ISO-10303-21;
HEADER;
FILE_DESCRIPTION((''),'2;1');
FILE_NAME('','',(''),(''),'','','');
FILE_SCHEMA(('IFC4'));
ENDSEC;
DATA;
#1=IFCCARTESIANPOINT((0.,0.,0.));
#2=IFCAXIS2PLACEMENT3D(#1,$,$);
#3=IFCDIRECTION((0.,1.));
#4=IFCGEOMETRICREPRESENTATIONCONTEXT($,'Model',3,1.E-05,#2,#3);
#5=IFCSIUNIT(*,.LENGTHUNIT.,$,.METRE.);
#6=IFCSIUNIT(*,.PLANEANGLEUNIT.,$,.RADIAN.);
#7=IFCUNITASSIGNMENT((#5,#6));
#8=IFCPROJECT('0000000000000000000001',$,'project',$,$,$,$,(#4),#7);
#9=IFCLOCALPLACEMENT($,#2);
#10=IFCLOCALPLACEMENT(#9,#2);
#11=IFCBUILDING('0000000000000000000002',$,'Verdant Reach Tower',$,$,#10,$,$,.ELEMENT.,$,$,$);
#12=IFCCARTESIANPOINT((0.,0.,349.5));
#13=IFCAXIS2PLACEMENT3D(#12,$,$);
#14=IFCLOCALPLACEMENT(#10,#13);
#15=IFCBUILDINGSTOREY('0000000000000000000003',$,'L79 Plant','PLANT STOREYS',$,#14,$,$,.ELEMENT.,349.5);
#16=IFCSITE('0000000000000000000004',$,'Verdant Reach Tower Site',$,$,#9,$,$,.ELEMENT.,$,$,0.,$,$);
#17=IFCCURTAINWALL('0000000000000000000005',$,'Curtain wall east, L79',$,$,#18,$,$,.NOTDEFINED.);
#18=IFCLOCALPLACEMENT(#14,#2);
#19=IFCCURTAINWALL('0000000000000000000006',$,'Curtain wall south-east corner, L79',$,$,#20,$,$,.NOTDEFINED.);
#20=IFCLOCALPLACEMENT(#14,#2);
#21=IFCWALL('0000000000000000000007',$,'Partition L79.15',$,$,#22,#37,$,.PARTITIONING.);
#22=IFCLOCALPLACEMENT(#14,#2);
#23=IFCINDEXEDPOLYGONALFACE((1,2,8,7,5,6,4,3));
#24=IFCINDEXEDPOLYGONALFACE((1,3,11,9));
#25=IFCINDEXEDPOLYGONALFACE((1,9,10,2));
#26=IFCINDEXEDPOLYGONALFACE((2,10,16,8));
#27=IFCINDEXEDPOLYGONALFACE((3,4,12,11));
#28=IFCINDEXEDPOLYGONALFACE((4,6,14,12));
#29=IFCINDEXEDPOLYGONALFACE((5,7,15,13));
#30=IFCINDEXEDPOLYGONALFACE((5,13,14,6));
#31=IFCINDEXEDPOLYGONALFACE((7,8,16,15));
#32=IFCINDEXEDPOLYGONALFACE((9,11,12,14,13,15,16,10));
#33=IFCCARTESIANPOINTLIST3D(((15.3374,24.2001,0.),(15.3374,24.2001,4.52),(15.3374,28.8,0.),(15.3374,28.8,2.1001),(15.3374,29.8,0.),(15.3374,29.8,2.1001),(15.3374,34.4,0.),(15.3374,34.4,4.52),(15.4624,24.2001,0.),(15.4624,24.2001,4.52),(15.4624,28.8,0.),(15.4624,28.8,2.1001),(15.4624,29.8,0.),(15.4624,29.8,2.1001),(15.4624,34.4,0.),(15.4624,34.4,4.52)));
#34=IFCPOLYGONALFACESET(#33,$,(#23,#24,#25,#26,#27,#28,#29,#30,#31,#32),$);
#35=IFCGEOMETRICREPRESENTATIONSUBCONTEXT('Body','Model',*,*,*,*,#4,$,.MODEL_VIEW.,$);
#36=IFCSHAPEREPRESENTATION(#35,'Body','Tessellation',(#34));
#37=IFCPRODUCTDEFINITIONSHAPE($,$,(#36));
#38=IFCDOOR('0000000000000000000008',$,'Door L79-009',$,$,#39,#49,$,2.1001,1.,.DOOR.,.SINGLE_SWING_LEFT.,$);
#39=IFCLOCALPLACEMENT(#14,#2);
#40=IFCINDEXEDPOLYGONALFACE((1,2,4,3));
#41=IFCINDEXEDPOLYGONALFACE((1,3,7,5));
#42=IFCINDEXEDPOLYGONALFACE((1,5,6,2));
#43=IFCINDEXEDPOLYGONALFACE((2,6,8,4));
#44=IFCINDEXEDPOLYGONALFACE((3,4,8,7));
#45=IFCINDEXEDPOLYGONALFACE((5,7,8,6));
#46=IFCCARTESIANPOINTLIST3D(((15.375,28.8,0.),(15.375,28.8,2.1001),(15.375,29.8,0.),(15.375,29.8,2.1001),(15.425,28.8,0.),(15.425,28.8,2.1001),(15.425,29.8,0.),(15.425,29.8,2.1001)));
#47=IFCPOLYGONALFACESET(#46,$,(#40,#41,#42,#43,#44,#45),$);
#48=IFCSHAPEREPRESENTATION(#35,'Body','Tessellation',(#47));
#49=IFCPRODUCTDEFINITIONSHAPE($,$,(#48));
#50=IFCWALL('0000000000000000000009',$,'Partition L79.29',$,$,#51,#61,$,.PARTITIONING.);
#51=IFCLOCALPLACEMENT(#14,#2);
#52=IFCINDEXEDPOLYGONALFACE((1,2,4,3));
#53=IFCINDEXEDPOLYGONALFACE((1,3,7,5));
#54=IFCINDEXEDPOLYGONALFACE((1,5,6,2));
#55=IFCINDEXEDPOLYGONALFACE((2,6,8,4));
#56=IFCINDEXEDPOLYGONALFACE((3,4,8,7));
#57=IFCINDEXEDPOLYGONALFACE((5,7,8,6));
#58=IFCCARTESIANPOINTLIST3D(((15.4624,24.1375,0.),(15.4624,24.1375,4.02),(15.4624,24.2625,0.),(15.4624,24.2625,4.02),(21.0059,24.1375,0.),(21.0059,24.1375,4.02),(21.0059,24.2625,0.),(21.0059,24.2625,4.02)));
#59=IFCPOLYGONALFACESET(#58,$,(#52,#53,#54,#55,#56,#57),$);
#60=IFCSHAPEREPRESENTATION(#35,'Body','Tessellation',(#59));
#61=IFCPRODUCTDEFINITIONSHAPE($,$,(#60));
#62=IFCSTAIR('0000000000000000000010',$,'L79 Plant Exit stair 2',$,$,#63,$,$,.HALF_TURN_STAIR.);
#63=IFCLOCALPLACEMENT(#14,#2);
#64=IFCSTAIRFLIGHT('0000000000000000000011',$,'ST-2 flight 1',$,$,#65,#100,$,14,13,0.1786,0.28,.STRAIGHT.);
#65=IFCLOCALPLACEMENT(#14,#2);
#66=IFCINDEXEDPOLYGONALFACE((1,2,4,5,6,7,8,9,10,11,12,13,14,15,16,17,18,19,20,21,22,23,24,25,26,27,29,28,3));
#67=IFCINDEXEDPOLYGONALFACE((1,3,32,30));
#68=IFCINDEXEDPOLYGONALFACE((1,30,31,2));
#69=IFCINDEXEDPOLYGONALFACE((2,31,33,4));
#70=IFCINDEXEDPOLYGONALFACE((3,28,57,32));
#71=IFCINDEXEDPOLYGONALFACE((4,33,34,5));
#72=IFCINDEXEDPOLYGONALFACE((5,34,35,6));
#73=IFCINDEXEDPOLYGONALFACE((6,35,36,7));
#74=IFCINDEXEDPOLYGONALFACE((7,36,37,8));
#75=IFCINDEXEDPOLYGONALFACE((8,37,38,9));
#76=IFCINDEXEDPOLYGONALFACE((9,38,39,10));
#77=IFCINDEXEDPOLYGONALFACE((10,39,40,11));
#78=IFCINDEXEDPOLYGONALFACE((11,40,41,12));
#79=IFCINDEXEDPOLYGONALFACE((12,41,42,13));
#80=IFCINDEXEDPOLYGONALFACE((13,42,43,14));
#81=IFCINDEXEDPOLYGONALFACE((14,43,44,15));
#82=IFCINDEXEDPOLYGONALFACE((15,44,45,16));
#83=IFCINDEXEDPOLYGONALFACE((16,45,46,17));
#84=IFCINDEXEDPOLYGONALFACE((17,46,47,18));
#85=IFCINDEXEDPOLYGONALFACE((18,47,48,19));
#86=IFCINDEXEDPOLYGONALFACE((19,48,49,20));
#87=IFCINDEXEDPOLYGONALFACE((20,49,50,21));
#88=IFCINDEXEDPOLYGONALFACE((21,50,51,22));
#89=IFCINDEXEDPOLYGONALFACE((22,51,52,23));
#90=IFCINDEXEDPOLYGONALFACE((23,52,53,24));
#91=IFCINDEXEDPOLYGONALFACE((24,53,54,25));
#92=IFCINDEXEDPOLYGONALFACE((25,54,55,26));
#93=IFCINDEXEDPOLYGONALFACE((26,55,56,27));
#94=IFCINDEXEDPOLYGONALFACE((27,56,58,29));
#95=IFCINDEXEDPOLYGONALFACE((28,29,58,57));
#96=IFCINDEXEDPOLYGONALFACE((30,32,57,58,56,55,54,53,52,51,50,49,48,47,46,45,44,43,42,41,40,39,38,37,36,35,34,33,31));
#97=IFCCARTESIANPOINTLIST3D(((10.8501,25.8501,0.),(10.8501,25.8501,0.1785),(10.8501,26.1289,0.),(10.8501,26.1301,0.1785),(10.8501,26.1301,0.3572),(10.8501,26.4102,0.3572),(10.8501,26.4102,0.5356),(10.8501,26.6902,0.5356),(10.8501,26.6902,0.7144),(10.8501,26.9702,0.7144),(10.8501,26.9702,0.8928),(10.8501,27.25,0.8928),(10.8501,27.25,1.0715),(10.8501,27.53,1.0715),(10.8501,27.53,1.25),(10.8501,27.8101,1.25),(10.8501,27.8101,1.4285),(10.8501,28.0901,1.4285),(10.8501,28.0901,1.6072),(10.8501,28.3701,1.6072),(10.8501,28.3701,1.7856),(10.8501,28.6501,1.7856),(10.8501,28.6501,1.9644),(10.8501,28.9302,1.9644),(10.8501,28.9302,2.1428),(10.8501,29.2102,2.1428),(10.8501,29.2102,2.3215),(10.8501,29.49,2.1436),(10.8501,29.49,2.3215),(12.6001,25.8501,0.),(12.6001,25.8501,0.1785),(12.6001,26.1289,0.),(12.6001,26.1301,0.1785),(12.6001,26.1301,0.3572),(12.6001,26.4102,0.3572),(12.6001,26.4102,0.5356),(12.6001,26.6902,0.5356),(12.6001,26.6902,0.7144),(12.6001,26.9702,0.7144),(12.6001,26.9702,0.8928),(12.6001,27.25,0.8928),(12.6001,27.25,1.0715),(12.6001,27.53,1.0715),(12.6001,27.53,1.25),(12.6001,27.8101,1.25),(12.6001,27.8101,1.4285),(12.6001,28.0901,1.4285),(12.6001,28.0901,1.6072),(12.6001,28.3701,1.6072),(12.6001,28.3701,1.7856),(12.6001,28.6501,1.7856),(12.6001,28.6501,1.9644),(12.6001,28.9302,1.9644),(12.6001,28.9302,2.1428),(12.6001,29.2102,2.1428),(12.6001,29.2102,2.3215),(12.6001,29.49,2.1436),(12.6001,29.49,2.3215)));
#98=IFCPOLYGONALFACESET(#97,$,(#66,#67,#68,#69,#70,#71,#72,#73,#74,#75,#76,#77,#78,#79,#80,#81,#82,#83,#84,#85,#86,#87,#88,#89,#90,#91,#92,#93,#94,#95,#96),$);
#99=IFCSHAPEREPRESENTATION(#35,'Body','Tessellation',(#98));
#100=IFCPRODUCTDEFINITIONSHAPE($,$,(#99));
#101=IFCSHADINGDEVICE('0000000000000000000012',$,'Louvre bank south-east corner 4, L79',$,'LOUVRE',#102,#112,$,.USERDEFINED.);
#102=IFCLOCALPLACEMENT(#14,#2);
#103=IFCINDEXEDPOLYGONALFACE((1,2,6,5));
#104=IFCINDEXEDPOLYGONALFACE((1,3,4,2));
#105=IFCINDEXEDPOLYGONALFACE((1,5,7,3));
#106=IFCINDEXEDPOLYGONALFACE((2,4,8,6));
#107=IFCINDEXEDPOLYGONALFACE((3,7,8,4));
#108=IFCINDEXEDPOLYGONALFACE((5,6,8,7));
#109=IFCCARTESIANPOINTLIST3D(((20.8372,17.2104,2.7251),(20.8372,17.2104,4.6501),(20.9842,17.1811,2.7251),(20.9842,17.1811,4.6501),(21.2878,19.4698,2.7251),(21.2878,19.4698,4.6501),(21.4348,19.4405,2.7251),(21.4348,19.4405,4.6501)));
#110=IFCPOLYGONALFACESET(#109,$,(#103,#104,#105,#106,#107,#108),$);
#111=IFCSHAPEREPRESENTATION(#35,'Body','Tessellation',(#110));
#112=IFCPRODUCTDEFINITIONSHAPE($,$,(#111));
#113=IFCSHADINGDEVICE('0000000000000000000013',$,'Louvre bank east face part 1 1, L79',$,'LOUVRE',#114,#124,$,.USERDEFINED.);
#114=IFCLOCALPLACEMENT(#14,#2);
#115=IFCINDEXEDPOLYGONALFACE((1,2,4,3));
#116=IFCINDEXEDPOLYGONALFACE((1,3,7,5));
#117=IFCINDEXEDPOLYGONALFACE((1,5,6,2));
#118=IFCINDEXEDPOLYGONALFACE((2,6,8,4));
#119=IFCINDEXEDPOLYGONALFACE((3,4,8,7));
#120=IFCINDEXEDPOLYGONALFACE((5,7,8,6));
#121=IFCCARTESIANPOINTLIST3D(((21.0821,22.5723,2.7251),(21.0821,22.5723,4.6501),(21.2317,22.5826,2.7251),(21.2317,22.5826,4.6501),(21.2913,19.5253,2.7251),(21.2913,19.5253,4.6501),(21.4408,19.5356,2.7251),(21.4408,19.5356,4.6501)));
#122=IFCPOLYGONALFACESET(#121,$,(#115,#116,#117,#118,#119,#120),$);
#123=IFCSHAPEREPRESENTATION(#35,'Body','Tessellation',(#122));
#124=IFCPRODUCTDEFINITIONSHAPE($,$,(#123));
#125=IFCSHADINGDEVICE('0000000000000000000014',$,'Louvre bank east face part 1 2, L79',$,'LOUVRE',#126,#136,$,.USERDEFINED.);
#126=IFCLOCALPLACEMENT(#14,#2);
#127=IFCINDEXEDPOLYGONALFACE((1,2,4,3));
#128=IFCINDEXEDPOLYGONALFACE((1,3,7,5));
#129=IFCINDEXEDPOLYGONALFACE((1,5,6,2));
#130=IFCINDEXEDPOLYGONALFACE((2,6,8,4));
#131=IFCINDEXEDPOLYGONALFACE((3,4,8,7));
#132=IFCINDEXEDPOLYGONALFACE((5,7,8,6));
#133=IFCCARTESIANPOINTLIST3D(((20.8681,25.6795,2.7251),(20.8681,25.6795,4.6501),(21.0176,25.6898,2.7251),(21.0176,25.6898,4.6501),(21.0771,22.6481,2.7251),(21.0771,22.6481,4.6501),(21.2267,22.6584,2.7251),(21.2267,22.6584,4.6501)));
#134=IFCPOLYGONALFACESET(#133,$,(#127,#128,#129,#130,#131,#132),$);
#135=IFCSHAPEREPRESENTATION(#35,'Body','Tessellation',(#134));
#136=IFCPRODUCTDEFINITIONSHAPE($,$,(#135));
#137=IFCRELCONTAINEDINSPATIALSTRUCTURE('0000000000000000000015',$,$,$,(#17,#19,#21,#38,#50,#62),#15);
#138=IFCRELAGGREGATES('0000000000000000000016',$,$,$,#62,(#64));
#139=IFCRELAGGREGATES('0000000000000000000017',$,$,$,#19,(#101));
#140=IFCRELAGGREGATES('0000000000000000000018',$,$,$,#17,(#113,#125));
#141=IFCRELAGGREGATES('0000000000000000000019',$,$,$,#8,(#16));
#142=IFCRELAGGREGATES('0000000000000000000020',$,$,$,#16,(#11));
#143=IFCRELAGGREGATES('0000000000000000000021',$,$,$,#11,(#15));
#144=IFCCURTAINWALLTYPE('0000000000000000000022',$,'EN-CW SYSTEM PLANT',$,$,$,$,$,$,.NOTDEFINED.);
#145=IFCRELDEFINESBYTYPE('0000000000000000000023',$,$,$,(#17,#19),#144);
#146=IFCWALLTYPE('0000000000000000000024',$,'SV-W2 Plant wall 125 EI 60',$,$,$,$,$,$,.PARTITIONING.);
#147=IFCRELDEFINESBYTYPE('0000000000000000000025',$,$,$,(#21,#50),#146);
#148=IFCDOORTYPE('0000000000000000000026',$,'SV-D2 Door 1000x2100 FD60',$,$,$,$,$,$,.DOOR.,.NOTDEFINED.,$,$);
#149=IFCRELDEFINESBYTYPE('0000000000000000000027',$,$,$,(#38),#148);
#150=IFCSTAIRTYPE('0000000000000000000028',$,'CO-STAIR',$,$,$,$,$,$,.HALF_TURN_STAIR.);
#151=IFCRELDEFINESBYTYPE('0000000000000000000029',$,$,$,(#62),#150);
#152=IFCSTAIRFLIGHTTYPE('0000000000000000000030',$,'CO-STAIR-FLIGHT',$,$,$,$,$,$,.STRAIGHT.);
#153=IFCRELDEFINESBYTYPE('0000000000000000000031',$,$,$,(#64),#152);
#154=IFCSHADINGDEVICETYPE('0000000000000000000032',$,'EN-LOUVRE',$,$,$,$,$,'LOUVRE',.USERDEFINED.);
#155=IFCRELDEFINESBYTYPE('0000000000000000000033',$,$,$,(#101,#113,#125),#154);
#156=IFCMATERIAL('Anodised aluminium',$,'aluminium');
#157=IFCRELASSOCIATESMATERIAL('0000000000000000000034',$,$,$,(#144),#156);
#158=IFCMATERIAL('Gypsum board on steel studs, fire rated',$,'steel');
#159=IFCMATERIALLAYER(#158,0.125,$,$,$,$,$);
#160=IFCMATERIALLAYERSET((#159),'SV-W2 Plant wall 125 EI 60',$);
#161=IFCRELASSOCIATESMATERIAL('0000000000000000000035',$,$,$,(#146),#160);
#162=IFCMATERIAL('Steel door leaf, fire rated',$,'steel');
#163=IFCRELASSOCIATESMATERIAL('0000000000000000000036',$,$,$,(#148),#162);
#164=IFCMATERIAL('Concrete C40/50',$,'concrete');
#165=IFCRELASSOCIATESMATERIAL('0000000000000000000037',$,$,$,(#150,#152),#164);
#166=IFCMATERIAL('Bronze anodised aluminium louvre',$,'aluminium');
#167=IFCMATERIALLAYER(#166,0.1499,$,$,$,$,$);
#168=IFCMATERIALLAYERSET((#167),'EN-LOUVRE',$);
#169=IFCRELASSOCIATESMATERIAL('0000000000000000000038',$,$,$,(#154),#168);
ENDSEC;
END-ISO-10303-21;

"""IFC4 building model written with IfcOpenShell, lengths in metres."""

from ifc_helpers import new_model, si_unit, direction, frame, frame_2d, origin, origin_2d, place, context, subcontext, project, spatial, polyline, rectangle, outline, extrude, material, layer, layer_set, type_object, element, fill, aggregate, save


model = new_model("IFC4")

# Units and contexts
model_context = context("Model", 3, precision=1e-05, world=origin(), true_north=direction((0.0, 1.0)))
body_context = subcontext(model_context, "Body", "Model", "MODEL_VIEW")
ifc_project = project(units=[si_unit("LENGTHUNIT", "METRE"), si_unit("PLANEANGLEUNIT", "RADIAN")], contexts=[model_context])

# Site, building, storey
site_placement = place(None, origin())
site = spatial("IfcSite", under=ifc_project, at=site_placement, Name="Verdant Reach Tower Site", CompositionType="ELEMENT", RefElevation=0.0)
building_placement = place(site_placement, origin())
building = spatial("IfcBuilding", under=site, at=building_placement, Name="Verdant Reach Tower", CompositionType="ELEMENT")
storey_placement = place(building_placement, frame((0.0, 0.0, 349.5)))
storey = spatial("IfcBuildingStorey", under=building, at=storey_placement, Name="L79 Plant", Description="PLANT STOREYS", CompositionType="ELEMENT", Elevation=349.5)

# Curtain wall
ifc_material_1 = material(Name="Anodised aluminium", Category="aluminium")
curtain_wall_type = type_object("IfcCurtainWallType", Name="EN-CW SYSTEM PLANT", PredefinedType="NOTDEFINED", material=ifc_material_1)
curtain_wall_1_placement = place(storey_placement, origin())
curtain_wall_1 = element("IfcCurtainWall", 1, at=curtain_wall_1_placement, inside=storey, type_object=curtain_wall_type, Name="Curtain wall east, L79", PredefinedType="NOTDEFINED")

# Curtain wall
curtain_wall_2_placement = place(storey_placement, origin())
curtain_wall_2 = element("IfcCurtainWall", 2, at=curtain_wall_2_placement, inside=storey, type_object=curtain_wall_type, Name="Curtain wall south-east corner, L79", PredefinedType="NOTDEFINED")

# Shared definitions
ifc_material_2 = material(Name="Concrete C40/50", Category="concrete")

# Wall, opening, door
ifc_material_3 = material(Name="Gypsum board on steel studs, fire rated", Category="steel")
ifc_layer_1 = layer(ifc_material_3, 0.125)
ifc_layer_set_1 = layer_set([ifc_layer_1], Name="SV-W2 Plant wall 125 EI 60")
wall_type_1 = type_object("IfcWallType", Name="SV-W2 Plant wall 125 EI 60", PredefinedType="PARTITIONING", material=ifc_layer_set_1)
wall_1_placement = place(storey_placement, frame((15.3999, 24.2, 0.0), z_axis=(0.0, 0.0, 1.0), x_axis=(0.0, 1.0, 0.0)))
wall_1 = element("IfcWall", 3, at=wall_1_placement, inside=storey, type_object=wall_type_1, Name="Partition L79.15", PredefinedType="PARTITIONING", context=body_context, shape_type="SweptSolid", body=[
    extrude(rectangle(XDim=10.2, YDim=0.125, at=frame_2d((5.1001, 0.0))), origin(), (0.0, 0.0, 1.0), 4.52),
])
opening_1_placement = place(wall_1_placement, frame((4.6001, 0.0, 0.0)))
opening_1 = element("IfcOpeningElement", 4, at=opening_1_placement, cuts=wall_1, PredefinedType="OPENING", context=body_context, shape_type="SweptSolid", body=[
    extrude(rectangle(XDim=1.0, YDim=2.1001, at=frame_2d((0.5, 1.05))), frame((0.0, 0.0725, 0.0), z_axis=(0.0, -1.0, 0.0), x_axis=(1.0, 0.0, 0.0)), (0.0, 0.0, 1.0), 0.145),
])
ifc_material_4 = material(Name="Steel door leaf, fire rated", Category="steel")
door_type_1 = type_object("IfcDoorType", Name="SV-D2 Door 1000x2100 FD60", OperationType="NOTDEFINED", PredefinedType="DOOR", material=ifc_material_4)
door_1_placement = place(opening_1_placement, origin())
door_1 = element("IfcDoor", 5, at=door_1_placement, inside=storey, type_object=door_type_1, Name="Door L79-009", OperationType="SINGLE_SWING_LEFT", OverallHeight=2.1001, OverallWidth=1.0, PredefinedType="DOOR", context=body_context, shape_type="SweptSolid", body=[
    extrude(rectangle(XDim=1.0, YDim=2.1001, at=frame_2d((0.5, 1.05))), frame((0.0, 0.0249, 0.0), z_axis=(0.0, -1.0, 0.0), x_axis=(1.0, 0.0, 0.0)), (0.0, 0.0, 1.0), 0.05),
])
fill(opening_1, door_1)

# Wall
wall_2_placement = place(storey_placement, frame((15.4624, 24.2, 0.0), z_axis=(0.0, 0.0, 1.0), x_axis=(1.0, 0.0, 0.0)))
element("IfcWall", 6, at=wall_2_placement, inside=storey, type_object=wall_type_1, Name="Partition L79.29", PredefinedType="PARTITIONING", context=body_context, shape_type="SweptSolid", body=[
    extrude(rectangle(XDim=5.5435, YDim=0.125, at=frame_2d((2.7717, 0.0))), origin(), (0.0, 0.0, 1.0), 4.02),
])

# Stair, stair flight
stair_type = type_object("IfcStairType", Name="CO-STAIR", PredefinedType="HALF_TURN_STAIR", material=ifc_material_2)
stair_placement = place(storey_placement, origin())
stair = element("IfcStair", 7, at=stair_placement, inside=storey, type_object=stair_type, Name="L79 Plant Exit stair 2", PredefinedType="HALF_TURN_STAIR")
stair_flight_type = type_object("IfcStairFlightType", Name="CO-STAIR-FLIGHT", PredefinedType="STRAIGHT", material=ifc_material_2)
stair_flight_placement = place(storey_placement, frame((11.7251, 25.8501, 0.0), z_axis=(0.0, 0.0, 1.0), x_axis=(0.0, 1.0, 0.0)))
stair_flight = element("IfcStairFlight", 8, at=stair_flight_placement, type_object=stair_flight_type, Name="ST-2 flight 1", NumberOfRisers=14, NumberOfTreads=13, PredefinedType="STRAIGHT", RiserHeight=0.1786, TreadLength=0.28, context=body_context, shape_type="SweptSolid", body=[
    extrude(outline(polyline([(0.0, 0.0), (0.0, 0.1785), (0.28, 0.1785), (0.28, 0.3572), (0.5601, 0.3572), (0.5601, 0.5356), (0.8401, 0.5356), (0.8401, 0.7144), (1.1201, 0.7144), (1.1201, 0.8928), (1.3999, 0.8928), (1.3999, 1.0715), (1.6799, 1.0715), (1.6799, 1.25), (1.96, 1.25), (1.96, 1.4285), (2.24, 1.4285), (2.24, 1.6072), (2.52, 1.6072), (2.52, 1.7856), (2.8, 1.7856), (2.8, 1.9644), (3.0801, 1.9644), (3.0801, 2.1428), (3.3601, 2.1428), (3.3601, 2.3215), (3.6399, 2.3215), (3.6399, 2.5), (3.6399, 2.1436), (0.2788, 0.0), (0.0, 0.0)])), frame((0.0, 0.875, 0.0), z_axis=(0.0, -1.0, 0.0), x_axis=(1.0, 0.0, 0.0)), (0.0, 0.0, 1.0), 1.75),
])
aggregate(stair, [stair_flight])

# Shading devices
ifc_material_5 = material(Name="Bronze anodised aluminium louvre", Category="aluminium")
ifc_layer_2 = layer(ifc_material_5, 0.1499)
ifc_layer_set_2 = layer_set([ifc_layer_2], Name="EN-LOUVRE")
shading_device_type = type_object("IfcShadingDeviceType", Name="EN-LOUVRE", ElementType="LOUVRE", PredefinedType="USERDEFINED", material=ifc_layer_set_2)
shading_device_1_placement = place(storey_placement, frame((21.136, 18.3254, 2.7251), z_axis=(0.0, 0.0, 1.0), x_axis=(0.195593, 0.980685, 0.0)))
shading_device_1 = element("IfcShadingDevice", 9, at=shading_device_1_placement, type_object=shading_device_type, Name="Louvre bank south-east corner 4, L79", ObjectType="LOUVRE", PredefinedType="USERDEFINED", context=body_context, shape_type="SweptSolid", body=[
    extrude(rectangle(XDim=2.304, YDim=0.1499, at=origin_2d()), origin(), (0.0, 0.0, 1.0), 1.925),
])
aggregate(curtain_wall_2, [shading_device_1])
shading_device_2_placement = place(storey_placement, frame((21.2615, 21.054, 2.7251), z_axis=(0.0, 0.0, 1.0), x_axis=(-0.068469, 0.997653, 0.0)))
shading_device_2 = element("IfcShadingDevice", 10, at=shading_device_2_placement, type_object=shading_device_type, Name="Louvre bank east face part 1 1, L79", ObjectType="LOUVRE", PredefinedType="USERDEFINED", context=body_context, shape_type="SweptSolid", body=[
    extrude(rectangle(XDim=3.0542, YDim=0.1499, at=origin_2d()), origin(), (0.0, 0.0, 1.0), 1.925),
])
shading_device_3_placement = place(storey_placement, frame((21.0474, 24.1689, 2.7251), z_axis=(0.0, 0.0, 1.0), x_axis=(-0.068802, 0.99763, 0.0)))
shading_device_3 = element("IfcShadingDevice", 11, at=shading_device_3_placement, type_object=shading_device_type, Name="Louvre bank east face part 1 2, L79", ObjectType="LOUVRE", PredefinedType="USERDEFINED", context=body_context, shape_type="SweptSolid", body=[
    extrude(rectangle(XDim=3.0386, YDim=0.1499, at=origin_2d()), origin(), (0.0, 0.0, 1.0), 1.925),
])
aggregate(curtain_wall_1, [shading_device_2, shading_device_3])

save(model, "model.ifc")
